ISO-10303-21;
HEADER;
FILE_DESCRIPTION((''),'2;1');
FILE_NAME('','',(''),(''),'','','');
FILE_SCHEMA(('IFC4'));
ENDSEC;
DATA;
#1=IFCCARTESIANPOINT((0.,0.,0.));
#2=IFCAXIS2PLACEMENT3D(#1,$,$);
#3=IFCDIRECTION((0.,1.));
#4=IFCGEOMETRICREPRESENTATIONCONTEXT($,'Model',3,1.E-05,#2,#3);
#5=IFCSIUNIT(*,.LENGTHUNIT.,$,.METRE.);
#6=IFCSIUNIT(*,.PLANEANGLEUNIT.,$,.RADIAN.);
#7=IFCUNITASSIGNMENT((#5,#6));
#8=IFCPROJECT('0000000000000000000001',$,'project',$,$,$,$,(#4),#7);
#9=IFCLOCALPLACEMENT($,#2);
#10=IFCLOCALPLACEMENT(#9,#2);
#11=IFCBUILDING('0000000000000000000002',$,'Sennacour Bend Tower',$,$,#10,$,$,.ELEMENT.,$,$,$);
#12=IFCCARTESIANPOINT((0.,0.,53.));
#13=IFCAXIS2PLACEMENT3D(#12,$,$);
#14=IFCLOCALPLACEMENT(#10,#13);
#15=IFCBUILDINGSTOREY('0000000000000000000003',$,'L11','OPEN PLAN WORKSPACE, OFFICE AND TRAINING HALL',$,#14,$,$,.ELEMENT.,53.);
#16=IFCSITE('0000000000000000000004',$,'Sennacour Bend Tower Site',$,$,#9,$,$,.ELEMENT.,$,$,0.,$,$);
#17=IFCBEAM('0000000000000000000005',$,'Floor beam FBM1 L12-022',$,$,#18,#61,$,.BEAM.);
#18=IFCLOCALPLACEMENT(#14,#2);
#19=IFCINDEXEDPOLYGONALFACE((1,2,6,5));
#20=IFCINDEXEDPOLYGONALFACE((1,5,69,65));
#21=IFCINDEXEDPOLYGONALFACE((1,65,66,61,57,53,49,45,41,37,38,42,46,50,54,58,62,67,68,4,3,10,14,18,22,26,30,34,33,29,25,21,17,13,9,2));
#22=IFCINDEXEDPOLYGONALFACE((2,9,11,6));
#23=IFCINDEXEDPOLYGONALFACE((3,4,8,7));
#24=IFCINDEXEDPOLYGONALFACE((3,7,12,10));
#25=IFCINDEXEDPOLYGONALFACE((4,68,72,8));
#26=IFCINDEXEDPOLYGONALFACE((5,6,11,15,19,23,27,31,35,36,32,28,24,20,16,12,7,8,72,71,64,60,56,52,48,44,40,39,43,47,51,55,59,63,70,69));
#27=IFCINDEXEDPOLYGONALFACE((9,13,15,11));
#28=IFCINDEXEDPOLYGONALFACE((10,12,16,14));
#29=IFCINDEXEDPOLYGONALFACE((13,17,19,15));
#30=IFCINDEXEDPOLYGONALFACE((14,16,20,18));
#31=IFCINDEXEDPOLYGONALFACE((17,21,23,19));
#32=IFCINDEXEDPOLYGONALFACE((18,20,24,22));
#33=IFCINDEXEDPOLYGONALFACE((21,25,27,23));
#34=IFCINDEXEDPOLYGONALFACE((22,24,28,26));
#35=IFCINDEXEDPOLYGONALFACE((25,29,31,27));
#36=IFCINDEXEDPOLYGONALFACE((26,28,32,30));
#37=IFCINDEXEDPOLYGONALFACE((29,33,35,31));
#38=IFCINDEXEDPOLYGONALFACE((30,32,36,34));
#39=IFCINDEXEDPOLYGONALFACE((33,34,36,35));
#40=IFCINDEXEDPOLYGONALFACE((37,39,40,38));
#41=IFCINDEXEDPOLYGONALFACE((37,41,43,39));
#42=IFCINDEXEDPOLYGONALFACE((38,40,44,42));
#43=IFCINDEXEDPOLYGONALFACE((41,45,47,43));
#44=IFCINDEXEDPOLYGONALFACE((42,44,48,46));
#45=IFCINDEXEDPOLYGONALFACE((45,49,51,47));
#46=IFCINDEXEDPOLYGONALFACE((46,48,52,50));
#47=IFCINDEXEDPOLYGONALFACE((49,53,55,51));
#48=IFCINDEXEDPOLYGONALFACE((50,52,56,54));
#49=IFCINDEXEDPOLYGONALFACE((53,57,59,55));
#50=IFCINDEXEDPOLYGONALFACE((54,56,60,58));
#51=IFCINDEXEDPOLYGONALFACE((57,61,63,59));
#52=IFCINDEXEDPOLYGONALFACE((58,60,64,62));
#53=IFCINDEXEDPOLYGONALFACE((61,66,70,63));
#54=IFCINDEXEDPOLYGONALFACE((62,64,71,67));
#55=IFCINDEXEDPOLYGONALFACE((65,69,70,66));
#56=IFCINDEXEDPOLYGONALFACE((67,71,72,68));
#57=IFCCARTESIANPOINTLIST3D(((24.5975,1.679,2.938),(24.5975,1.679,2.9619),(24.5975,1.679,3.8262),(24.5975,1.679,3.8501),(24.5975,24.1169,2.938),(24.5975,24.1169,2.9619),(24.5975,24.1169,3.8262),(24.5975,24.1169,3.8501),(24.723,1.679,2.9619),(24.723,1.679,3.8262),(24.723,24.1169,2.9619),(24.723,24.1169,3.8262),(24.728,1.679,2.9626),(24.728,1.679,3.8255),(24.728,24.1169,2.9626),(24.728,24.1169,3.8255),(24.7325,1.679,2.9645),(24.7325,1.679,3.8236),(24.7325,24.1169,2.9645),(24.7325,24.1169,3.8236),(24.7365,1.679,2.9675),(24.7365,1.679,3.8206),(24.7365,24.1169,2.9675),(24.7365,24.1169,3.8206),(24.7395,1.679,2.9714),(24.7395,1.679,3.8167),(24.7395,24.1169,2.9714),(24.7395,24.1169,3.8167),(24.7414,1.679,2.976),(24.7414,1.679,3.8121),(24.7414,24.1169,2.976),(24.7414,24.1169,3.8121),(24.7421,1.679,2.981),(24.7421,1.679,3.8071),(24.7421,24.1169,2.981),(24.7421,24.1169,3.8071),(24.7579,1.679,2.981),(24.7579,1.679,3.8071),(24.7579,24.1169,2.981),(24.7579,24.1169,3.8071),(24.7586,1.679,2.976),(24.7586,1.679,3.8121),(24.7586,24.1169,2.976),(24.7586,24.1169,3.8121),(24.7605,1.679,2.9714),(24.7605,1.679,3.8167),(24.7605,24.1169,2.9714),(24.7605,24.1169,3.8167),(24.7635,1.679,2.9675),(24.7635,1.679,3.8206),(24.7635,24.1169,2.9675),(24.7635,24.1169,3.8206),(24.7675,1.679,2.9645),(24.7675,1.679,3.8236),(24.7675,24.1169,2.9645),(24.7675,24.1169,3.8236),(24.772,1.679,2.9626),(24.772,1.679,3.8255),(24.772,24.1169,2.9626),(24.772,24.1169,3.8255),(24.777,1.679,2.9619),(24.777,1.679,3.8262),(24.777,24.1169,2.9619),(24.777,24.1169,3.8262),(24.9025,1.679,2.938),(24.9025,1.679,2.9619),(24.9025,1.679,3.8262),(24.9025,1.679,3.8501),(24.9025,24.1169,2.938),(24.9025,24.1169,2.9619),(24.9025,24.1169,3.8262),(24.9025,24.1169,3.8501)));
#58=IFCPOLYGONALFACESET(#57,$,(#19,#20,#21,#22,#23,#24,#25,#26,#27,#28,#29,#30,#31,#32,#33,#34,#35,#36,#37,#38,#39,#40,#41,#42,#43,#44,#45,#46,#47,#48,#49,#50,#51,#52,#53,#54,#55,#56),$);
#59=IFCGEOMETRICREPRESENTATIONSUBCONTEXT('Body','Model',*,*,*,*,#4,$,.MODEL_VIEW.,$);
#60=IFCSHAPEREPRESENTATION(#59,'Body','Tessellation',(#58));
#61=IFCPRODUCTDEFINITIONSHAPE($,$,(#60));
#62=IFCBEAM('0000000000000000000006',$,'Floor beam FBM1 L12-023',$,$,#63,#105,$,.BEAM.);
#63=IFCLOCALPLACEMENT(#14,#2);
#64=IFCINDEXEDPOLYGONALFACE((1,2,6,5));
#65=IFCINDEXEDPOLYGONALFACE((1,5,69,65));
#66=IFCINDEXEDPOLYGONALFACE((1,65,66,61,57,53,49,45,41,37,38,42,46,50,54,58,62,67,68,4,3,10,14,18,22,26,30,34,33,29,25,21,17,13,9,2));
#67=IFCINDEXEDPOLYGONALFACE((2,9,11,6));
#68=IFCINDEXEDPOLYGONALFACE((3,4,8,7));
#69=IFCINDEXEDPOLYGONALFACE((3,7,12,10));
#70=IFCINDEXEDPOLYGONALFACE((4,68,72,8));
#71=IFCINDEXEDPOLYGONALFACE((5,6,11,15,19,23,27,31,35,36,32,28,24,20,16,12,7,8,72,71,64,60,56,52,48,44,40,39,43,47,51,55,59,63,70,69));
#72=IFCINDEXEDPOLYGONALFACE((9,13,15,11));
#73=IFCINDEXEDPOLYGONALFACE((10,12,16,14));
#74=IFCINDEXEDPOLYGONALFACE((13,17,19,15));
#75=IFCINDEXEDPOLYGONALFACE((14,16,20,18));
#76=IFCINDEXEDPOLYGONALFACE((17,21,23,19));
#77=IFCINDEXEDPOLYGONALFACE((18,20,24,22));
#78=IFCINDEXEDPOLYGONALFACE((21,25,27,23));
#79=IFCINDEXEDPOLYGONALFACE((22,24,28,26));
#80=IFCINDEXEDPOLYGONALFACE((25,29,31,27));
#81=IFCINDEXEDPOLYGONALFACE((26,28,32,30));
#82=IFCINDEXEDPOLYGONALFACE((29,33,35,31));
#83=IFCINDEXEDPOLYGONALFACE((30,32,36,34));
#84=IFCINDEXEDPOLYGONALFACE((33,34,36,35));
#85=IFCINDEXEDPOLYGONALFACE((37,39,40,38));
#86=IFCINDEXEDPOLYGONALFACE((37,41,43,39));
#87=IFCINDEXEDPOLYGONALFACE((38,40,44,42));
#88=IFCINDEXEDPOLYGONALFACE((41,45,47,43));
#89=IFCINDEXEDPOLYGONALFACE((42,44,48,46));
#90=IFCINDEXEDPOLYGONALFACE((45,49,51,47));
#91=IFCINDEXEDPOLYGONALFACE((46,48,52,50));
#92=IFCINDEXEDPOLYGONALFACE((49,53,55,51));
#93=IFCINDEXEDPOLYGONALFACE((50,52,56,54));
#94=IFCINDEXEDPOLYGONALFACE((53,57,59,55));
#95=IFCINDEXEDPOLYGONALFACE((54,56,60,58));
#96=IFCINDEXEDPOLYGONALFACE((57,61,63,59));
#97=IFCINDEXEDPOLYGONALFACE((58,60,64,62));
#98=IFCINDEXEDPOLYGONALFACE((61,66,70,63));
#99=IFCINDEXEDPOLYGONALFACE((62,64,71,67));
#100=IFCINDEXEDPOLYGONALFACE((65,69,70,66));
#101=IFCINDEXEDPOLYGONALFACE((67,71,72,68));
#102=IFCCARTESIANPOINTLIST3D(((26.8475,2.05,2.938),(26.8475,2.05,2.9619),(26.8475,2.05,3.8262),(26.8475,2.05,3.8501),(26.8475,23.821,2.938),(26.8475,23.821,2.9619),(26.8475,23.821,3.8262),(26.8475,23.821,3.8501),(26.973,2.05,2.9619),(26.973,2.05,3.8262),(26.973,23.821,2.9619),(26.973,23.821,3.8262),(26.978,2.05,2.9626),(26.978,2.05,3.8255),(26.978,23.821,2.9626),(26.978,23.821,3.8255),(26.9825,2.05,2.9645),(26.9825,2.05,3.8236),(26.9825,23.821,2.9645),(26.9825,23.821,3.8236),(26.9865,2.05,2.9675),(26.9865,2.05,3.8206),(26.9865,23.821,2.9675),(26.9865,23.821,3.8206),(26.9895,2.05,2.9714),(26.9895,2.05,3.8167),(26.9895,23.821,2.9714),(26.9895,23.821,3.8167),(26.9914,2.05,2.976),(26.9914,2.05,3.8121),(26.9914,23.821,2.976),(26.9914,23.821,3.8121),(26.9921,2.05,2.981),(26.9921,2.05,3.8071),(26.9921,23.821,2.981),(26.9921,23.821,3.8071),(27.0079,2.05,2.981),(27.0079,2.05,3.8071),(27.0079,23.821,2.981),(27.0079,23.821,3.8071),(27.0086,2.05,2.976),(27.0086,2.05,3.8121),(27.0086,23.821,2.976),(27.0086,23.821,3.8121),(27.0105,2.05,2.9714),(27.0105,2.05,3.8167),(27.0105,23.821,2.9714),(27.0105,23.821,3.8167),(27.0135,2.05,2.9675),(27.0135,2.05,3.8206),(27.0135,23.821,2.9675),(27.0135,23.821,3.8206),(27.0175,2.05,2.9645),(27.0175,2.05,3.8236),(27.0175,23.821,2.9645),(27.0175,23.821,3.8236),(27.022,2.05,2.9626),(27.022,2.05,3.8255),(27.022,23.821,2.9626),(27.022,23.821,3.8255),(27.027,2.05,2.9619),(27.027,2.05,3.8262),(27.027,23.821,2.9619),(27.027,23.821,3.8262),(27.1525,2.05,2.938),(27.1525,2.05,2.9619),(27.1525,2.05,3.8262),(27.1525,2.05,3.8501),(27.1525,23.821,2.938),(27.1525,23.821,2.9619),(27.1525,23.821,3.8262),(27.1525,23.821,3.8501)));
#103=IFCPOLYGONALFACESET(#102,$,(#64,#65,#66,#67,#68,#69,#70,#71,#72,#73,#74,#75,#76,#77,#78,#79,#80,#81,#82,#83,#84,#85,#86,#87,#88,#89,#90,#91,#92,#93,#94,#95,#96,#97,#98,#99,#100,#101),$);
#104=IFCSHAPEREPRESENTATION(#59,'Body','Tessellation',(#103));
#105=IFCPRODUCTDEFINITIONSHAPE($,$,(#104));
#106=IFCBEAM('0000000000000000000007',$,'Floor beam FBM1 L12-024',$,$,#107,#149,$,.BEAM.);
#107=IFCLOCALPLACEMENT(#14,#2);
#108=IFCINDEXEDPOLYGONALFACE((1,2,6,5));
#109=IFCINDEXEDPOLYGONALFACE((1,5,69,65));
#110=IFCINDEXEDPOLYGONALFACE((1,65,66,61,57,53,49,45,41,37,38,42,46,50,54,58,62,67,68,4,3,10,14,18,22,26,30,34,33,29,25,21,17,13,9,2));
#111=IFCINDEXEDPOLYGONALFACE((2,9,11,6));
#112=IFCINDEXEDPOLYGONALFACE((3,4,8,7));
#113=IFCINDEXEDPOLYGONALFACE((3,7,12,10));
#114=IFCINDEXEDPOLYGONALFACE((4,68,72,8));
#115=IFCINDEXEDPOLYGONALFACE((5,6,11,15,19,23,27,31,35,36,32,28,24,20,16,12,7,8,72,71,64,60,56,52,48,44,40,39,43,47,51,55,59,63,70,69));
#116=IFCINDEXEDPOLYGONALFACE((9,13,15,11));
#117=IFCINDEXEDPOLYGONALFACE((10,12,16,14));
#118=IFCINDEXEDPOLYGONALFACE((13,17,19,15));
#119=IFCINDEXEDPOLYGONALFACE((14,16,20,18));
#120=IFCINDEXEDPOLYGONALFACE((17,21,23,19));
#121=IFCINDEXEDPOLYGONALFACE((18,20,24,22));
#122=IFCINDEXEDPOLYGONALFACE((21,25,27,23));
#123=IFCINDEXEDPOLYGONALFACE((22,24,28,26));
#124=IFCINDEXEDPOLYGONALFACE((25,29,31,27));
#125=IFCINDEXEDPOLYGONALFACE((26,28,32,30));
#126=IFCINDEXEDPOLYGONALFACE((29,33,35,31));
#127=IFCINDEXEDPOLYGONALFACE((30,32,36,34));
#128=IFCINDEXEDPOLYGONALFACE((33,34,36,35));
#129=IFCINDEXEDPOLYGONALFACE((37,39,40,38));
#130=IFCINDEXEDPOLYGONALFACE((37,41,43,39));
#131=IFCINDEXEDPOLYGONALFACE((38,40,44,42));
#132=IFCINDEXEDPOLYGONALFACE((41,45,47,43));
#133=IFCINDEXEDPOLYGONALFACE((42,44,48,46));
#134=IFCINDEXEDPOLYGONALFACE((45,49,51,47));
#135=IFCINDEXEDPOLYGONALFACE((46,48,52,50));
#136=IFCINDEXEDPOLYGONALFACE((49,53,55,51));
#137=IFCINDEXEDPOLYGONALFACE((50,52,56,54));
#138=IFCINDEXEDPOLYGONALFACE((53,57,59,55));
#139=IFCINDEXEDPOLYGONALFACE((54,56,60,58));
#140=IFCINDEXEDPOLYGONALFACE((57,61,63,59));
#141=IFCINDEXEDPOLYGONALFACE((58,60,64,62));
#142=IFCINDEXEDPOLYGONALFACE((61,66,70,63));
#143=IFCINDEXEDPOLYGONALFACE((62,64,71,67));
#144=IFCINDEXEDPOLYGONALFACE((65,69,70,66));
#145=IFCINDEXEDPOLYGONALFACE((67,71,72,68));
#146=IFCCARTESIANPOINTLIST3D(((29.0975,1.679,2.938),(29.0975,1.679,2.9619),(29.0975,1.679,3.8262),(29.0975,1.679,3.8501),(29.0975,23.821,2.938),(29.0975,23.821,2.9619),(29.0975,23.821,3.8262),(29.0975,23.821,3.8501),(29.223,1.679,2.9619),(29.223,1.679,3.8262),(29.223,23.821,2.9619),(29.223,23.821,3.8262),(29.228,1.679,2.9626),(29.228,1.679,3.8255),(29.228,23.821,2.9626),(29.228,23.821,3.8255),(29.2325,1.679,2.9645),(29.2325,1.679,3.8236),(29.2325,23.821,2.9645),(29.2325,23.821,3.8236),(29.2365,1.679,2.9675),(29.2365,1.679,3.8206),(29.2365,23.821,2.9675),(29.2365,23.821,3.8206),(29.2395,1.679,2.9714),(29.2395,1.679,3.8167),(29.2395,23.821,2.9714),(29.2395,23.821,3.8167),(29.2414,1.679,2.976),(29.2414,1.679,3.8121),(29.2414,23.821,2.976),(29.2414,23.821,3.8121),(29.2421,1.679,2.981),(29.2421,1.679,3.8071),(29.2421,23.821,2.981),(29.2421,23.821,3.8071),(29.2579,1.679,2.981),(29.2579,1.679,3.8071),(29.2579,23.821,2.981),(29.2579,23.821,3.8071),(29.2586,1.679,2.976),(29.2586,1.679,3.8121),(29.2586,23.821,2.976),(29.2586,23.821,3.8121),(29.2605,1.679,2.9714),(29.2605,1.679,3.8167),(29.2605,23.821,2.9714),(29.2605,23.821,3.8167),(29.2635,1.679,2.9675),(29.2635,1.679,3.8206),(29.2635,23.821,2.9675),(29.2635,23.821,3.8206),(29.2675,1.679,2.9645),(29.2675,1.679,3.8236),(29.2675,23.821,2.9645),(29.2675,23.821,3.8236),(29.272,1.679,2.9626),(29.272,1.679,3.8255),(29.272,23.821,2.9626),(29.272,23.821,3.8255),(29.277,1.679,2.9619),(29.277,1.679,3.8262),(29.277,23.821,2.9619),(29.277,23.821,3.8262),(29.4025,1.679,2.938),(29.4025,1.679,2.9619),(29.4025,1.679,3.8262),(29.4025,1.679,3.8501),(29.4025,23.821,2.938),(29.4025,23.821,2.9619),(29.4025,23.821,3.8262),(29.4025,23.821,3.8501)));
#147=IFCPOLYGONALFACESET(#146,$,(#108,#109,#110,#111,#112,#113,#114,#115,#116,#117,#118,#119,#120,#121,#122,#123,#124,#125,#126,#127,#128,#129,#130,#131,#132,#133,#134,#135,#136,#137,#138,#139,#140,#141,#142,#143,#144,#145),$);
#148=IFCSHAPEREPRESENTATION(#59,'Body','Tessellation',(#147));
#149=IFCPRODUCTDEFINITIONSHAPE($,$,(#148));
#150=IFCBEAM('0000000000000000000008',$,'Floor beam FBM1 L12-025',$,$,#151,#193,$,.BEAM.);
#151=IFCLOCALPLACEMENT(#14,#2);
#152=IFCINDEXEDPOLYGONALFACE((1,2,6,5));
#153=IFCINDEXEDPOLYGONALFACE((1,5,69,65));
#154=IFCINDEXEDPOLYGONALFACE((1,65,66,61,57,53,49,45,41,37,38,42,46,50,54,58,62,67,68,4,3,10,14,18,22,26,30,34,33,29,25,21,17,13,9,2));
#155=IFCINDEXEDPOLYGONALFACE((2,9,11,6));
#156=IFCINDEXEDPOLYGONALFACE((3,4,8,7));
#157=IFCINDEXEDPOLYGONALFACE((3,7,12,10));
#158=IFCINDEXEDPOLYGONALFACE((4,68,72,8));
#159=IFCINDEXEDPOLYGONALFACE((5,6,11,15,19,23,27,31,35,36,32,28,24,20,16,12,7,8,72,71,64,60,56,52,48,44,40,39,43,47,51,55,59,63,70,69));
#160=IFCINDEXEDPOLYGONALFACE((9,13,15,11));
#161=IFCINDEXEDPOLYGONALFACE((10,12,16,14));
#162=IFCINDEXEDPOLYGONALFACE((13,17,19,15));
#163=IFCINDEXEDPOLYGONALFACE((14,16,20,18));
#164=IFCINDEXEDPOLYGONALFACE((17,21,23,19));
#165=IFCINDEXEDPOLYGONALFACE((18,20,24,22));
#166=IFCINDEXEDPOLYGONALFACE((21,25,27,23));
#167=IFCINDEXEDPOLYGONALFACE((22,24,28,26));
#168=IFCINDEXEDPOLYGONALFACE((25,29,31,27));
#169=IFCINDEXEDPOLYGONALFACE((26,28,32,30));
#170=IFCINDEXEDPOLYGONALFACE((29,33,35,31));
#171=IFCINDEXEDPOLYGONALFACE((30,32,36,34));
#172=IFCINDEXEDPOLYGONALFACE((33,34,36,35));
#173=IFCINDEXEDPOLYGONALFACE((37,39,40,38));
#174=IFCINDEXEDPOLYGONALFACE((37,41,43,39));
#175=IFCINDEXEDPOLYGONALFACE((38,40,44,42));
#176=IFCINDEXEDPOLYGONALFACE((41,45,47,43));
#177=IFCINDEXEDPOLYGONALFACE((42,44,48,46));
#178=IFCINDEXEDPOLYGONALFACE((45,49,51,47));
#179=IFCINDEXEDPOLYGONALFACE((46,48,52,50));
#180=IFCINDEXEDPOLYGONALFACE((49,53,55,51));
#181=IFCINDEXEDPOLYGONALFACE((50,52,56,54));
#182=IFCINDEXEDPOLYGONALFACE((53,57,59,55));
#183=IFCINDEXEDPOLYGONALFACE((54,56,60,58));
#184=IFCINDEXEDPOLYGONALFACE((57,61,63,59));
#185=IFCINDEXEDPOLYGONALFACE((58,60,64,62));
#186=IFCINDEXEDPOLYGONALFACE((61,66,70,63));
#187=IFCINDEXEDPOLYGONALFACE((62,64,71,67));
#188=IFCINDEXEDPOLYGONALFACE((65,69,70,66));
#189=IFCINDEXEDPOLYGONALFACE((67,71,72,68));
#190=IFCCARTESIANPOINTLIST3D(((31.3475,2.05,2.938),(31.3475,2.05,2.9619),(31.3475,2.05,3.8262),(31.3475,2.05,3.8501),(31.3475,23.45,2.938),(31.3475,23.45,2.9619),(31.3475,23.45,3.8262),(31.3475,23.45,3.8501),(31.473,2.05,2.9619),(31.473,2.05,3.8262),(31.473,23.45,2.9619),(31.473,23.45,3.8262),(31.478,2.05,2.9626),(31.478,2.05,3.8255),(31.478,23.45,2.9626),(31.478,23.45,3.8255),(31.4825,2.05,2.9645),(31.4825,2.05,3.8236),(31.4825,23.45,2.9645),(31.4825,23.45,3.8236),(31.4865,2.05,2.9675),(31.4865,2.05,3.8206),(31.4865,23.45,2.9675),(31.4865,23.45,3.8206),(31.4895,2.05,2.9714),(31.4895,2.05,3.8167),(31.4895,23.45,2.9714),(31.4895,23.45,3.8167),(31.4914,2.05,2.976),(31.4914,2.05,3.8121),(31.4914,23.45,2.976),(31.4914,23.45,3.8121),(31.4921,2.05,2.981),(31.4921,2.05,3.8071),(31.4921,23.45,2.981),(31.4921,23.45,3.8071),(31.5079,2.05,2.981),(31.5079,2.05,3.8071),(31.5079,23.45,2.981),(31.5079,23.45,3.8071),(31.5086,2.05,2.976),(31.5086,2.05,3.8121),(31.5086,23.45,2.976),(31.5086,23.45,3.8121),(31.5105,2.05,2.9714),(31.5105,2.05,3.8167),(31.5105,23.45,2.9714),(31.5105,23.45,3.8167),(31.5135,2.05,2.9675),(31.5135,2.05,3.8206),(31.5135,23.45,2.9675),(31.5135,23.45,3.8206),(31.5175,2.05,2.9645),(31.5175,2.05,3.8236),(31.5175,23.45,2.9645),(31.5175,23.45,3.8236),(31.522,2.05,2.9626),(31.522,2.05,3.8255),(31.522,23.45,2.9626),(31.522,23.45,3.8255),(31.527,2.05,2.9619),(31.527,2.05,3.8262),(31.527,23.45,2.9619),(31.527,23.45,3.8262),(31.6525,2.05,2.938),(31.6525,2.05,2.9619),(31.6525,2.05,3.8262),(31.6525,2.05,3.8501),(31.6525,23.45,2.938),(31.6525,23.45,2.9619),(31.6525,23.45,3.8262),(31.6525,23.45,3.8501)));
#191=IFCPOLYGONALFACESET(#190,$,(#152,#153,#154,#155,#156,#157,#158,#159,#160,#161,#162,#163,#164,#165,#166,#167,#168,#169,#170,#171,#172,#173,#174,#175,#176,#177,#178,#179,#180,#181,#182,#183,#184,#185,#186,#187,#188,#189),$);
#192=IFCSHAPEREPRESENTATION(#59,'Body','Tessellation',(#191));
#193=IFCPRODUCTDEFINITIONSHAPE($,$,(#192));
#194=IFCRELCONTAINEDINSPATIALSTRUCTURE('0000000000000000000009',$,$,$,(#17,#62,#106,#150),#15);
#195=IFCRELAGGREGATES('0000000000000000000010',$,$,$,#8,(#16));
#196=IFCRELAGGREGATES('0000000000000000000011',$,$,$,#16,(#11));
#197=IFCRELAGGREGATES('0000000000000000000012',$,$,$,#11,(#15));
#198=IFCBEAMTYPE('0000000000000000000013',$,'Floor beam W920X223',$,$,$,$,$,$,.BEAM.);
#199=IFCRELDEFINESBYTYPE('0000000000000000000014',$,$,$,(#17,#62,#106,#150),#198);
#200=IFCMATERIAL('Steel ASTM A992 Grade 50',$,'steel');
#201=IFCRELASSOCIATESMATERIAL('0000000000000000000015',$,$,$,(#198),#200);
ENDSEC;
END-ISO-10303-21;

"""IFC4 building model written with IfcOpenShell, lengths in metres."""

from ifc_helpers import new_model, si_unit, direction, frame, origin, origin_2d, place, context, subcontext, project, spatial, i_section, extrude, material, material_profile, profile_set, type_object, element, save


model = new_model("IFC4")

# Units and contexts
model_context = context("Model", 3, precision=1e-05, world=origin(), true_north=direction((0.0, 1.0)))
body_context = subcontext(model_context, "Body", "Model", "MODEL_VIEW")
ifc_project = project(units=[si_unit("LENGTHUNIT", "METRE"), si_unit("PLANEANGLEUNIT", "RADIAN")], contexts=[model_context])

# Site, building, storey
site_placement = place(None, origin())
site = spatial("IfcSite", under=ifc_project, at=site_placement, Name="Sennacour Bend Tower Site", CompositionType="ELEMENT", RefElevation=0.0)
building_placement = place(site_placement, origin())
building = spatial("IfcBuilding", under=site, at=building_placement, Name="Sennacour Bend Tower", CompositionType="ELEMENT")
storey_placement = place(building_placement, frame((0.0, 0.0, 53.0)))
storey = spatial("IfcBuildingStorey", under=building, at=storey_placement, Name="L11", Description="OPEN PLAN WORKSPACE, OFFICE AND TRAINING HALL", CompositionType="ELEMENT", Elevation=53.0)

# Beams
ifc_material_1 = material(Name="Steel ASTM A992 Grade 50", Category="steel")
ifc_material_profile_1 = material_profile(ifc_material_1, i_section(OverallWidth=0.3049, OverallDepth=0.9121, WebThickness=0.0159, FlangeThickness=0.0239, FilletRadius=0.019, at=origin_2d()), Name="Steel ASTM A992 Grade 50", Category="steel")
ifc_profile_set_1 = profile_set([ifc_material_profile_1], Name="Steel ASTM A992 Grade 50")
beam_type_1 = type_object("IfcBeamType", Name="Floor beam W920X223", PredefinedType="BEAM", material=ifc_profile_set_1)
beam_1_placement = place(storey_placement, frame((24.75, 1.679, 3.394), z_axis=(0.0, 1.0, 0.0), x_axis=(-1.0, 0.0, 0.0)))
element("IfcBeam", 1, at=beam_1_placement, inside=storey, type_object=beam_type_1, Name="Floor beam FBM1 L12-022", PredefinedType="BEAM", context=body_context, shape_type="SweptSolid", body=[
    extrude(i_section(OverallWidth=0.3049, OverallDepth=0.9121, WebThickness=0.0159, FlangeThickness=0.0239, FilletRadius=0.019, at=origin_2d()), origin(), (0.0, 0.0, 1.0), 22.438),
])
beam_2_placement = place(storey_placement, frame((27.0, 2.05, 3.394), z_axis=(0.0, 1.0, 0.0), x_axis=(-1.0, 0.0, 0.0)))
element("IfcBeam", 2, at=beam_2_placement, inside=storey, type_object=beam_type_1, Name="Floor beam FBM1 L12-023", PredefinedType="BEAM", context=body_context, shape_type="SweptSolid", body=[
    extrude(i_section(OverallWidth=0.3049, OverallDepth=0.9121, WebThickness=0.0159, FlangeThickness=0.0239, FilletRadius=0.019, at=origin_2d()), origin(), (0.0, 0.0, 1.0), 21.771),
])
beam_3_placement = place(storey_placement, frame((29.25, 1.679, 3.394), z_axis=(0.0, 1.0, 0.0), x_axis=(-1.0, 0.0, 0.0)))
element("IfcBeam", 3, at=beam_3_placement, inside=storey, type_object=beam_type_1, Name="Floor beam FBM1 L12-024", PredefinedType="BEAM", context=body_context, shape_type="SweptSolid", body=[
    extrude(i_section(OverallWidth=0.3049, OverallDepth=0.9121, WebThickness=0.0159, FlangeThickness=0.0239, FilletRadius=0.019, at=origin_2d()), origin(), (0.0, 0.0, 1.0), 22.1421),
])
beam_4_placement = place(storey_placement, frame((31.5, 2.05, 3.394), z_axis=(0.0, 1.0, 0.0), x_axis=(-1.0, 0.0, 0.0)))
element("IfcBeam", 4, at=beam_4_placement, inside=storey, type_object=beam_type_1, Name="Floor beam FBM1 L12-025", PredefinedType="BEAM", context=body_context, shape_type="SweptSolid", body=[
    extrude(i_section(OverallWidth=0.3049, OverallDepth=0.9121, WebThickness=0.0159, FlangeThickness=0.0239, FilletRadius=0.019, at=origin_2d()), origin(), (0.0, 0.0, 1.0), 21.3999),
])

save(model, "model.ifc")
